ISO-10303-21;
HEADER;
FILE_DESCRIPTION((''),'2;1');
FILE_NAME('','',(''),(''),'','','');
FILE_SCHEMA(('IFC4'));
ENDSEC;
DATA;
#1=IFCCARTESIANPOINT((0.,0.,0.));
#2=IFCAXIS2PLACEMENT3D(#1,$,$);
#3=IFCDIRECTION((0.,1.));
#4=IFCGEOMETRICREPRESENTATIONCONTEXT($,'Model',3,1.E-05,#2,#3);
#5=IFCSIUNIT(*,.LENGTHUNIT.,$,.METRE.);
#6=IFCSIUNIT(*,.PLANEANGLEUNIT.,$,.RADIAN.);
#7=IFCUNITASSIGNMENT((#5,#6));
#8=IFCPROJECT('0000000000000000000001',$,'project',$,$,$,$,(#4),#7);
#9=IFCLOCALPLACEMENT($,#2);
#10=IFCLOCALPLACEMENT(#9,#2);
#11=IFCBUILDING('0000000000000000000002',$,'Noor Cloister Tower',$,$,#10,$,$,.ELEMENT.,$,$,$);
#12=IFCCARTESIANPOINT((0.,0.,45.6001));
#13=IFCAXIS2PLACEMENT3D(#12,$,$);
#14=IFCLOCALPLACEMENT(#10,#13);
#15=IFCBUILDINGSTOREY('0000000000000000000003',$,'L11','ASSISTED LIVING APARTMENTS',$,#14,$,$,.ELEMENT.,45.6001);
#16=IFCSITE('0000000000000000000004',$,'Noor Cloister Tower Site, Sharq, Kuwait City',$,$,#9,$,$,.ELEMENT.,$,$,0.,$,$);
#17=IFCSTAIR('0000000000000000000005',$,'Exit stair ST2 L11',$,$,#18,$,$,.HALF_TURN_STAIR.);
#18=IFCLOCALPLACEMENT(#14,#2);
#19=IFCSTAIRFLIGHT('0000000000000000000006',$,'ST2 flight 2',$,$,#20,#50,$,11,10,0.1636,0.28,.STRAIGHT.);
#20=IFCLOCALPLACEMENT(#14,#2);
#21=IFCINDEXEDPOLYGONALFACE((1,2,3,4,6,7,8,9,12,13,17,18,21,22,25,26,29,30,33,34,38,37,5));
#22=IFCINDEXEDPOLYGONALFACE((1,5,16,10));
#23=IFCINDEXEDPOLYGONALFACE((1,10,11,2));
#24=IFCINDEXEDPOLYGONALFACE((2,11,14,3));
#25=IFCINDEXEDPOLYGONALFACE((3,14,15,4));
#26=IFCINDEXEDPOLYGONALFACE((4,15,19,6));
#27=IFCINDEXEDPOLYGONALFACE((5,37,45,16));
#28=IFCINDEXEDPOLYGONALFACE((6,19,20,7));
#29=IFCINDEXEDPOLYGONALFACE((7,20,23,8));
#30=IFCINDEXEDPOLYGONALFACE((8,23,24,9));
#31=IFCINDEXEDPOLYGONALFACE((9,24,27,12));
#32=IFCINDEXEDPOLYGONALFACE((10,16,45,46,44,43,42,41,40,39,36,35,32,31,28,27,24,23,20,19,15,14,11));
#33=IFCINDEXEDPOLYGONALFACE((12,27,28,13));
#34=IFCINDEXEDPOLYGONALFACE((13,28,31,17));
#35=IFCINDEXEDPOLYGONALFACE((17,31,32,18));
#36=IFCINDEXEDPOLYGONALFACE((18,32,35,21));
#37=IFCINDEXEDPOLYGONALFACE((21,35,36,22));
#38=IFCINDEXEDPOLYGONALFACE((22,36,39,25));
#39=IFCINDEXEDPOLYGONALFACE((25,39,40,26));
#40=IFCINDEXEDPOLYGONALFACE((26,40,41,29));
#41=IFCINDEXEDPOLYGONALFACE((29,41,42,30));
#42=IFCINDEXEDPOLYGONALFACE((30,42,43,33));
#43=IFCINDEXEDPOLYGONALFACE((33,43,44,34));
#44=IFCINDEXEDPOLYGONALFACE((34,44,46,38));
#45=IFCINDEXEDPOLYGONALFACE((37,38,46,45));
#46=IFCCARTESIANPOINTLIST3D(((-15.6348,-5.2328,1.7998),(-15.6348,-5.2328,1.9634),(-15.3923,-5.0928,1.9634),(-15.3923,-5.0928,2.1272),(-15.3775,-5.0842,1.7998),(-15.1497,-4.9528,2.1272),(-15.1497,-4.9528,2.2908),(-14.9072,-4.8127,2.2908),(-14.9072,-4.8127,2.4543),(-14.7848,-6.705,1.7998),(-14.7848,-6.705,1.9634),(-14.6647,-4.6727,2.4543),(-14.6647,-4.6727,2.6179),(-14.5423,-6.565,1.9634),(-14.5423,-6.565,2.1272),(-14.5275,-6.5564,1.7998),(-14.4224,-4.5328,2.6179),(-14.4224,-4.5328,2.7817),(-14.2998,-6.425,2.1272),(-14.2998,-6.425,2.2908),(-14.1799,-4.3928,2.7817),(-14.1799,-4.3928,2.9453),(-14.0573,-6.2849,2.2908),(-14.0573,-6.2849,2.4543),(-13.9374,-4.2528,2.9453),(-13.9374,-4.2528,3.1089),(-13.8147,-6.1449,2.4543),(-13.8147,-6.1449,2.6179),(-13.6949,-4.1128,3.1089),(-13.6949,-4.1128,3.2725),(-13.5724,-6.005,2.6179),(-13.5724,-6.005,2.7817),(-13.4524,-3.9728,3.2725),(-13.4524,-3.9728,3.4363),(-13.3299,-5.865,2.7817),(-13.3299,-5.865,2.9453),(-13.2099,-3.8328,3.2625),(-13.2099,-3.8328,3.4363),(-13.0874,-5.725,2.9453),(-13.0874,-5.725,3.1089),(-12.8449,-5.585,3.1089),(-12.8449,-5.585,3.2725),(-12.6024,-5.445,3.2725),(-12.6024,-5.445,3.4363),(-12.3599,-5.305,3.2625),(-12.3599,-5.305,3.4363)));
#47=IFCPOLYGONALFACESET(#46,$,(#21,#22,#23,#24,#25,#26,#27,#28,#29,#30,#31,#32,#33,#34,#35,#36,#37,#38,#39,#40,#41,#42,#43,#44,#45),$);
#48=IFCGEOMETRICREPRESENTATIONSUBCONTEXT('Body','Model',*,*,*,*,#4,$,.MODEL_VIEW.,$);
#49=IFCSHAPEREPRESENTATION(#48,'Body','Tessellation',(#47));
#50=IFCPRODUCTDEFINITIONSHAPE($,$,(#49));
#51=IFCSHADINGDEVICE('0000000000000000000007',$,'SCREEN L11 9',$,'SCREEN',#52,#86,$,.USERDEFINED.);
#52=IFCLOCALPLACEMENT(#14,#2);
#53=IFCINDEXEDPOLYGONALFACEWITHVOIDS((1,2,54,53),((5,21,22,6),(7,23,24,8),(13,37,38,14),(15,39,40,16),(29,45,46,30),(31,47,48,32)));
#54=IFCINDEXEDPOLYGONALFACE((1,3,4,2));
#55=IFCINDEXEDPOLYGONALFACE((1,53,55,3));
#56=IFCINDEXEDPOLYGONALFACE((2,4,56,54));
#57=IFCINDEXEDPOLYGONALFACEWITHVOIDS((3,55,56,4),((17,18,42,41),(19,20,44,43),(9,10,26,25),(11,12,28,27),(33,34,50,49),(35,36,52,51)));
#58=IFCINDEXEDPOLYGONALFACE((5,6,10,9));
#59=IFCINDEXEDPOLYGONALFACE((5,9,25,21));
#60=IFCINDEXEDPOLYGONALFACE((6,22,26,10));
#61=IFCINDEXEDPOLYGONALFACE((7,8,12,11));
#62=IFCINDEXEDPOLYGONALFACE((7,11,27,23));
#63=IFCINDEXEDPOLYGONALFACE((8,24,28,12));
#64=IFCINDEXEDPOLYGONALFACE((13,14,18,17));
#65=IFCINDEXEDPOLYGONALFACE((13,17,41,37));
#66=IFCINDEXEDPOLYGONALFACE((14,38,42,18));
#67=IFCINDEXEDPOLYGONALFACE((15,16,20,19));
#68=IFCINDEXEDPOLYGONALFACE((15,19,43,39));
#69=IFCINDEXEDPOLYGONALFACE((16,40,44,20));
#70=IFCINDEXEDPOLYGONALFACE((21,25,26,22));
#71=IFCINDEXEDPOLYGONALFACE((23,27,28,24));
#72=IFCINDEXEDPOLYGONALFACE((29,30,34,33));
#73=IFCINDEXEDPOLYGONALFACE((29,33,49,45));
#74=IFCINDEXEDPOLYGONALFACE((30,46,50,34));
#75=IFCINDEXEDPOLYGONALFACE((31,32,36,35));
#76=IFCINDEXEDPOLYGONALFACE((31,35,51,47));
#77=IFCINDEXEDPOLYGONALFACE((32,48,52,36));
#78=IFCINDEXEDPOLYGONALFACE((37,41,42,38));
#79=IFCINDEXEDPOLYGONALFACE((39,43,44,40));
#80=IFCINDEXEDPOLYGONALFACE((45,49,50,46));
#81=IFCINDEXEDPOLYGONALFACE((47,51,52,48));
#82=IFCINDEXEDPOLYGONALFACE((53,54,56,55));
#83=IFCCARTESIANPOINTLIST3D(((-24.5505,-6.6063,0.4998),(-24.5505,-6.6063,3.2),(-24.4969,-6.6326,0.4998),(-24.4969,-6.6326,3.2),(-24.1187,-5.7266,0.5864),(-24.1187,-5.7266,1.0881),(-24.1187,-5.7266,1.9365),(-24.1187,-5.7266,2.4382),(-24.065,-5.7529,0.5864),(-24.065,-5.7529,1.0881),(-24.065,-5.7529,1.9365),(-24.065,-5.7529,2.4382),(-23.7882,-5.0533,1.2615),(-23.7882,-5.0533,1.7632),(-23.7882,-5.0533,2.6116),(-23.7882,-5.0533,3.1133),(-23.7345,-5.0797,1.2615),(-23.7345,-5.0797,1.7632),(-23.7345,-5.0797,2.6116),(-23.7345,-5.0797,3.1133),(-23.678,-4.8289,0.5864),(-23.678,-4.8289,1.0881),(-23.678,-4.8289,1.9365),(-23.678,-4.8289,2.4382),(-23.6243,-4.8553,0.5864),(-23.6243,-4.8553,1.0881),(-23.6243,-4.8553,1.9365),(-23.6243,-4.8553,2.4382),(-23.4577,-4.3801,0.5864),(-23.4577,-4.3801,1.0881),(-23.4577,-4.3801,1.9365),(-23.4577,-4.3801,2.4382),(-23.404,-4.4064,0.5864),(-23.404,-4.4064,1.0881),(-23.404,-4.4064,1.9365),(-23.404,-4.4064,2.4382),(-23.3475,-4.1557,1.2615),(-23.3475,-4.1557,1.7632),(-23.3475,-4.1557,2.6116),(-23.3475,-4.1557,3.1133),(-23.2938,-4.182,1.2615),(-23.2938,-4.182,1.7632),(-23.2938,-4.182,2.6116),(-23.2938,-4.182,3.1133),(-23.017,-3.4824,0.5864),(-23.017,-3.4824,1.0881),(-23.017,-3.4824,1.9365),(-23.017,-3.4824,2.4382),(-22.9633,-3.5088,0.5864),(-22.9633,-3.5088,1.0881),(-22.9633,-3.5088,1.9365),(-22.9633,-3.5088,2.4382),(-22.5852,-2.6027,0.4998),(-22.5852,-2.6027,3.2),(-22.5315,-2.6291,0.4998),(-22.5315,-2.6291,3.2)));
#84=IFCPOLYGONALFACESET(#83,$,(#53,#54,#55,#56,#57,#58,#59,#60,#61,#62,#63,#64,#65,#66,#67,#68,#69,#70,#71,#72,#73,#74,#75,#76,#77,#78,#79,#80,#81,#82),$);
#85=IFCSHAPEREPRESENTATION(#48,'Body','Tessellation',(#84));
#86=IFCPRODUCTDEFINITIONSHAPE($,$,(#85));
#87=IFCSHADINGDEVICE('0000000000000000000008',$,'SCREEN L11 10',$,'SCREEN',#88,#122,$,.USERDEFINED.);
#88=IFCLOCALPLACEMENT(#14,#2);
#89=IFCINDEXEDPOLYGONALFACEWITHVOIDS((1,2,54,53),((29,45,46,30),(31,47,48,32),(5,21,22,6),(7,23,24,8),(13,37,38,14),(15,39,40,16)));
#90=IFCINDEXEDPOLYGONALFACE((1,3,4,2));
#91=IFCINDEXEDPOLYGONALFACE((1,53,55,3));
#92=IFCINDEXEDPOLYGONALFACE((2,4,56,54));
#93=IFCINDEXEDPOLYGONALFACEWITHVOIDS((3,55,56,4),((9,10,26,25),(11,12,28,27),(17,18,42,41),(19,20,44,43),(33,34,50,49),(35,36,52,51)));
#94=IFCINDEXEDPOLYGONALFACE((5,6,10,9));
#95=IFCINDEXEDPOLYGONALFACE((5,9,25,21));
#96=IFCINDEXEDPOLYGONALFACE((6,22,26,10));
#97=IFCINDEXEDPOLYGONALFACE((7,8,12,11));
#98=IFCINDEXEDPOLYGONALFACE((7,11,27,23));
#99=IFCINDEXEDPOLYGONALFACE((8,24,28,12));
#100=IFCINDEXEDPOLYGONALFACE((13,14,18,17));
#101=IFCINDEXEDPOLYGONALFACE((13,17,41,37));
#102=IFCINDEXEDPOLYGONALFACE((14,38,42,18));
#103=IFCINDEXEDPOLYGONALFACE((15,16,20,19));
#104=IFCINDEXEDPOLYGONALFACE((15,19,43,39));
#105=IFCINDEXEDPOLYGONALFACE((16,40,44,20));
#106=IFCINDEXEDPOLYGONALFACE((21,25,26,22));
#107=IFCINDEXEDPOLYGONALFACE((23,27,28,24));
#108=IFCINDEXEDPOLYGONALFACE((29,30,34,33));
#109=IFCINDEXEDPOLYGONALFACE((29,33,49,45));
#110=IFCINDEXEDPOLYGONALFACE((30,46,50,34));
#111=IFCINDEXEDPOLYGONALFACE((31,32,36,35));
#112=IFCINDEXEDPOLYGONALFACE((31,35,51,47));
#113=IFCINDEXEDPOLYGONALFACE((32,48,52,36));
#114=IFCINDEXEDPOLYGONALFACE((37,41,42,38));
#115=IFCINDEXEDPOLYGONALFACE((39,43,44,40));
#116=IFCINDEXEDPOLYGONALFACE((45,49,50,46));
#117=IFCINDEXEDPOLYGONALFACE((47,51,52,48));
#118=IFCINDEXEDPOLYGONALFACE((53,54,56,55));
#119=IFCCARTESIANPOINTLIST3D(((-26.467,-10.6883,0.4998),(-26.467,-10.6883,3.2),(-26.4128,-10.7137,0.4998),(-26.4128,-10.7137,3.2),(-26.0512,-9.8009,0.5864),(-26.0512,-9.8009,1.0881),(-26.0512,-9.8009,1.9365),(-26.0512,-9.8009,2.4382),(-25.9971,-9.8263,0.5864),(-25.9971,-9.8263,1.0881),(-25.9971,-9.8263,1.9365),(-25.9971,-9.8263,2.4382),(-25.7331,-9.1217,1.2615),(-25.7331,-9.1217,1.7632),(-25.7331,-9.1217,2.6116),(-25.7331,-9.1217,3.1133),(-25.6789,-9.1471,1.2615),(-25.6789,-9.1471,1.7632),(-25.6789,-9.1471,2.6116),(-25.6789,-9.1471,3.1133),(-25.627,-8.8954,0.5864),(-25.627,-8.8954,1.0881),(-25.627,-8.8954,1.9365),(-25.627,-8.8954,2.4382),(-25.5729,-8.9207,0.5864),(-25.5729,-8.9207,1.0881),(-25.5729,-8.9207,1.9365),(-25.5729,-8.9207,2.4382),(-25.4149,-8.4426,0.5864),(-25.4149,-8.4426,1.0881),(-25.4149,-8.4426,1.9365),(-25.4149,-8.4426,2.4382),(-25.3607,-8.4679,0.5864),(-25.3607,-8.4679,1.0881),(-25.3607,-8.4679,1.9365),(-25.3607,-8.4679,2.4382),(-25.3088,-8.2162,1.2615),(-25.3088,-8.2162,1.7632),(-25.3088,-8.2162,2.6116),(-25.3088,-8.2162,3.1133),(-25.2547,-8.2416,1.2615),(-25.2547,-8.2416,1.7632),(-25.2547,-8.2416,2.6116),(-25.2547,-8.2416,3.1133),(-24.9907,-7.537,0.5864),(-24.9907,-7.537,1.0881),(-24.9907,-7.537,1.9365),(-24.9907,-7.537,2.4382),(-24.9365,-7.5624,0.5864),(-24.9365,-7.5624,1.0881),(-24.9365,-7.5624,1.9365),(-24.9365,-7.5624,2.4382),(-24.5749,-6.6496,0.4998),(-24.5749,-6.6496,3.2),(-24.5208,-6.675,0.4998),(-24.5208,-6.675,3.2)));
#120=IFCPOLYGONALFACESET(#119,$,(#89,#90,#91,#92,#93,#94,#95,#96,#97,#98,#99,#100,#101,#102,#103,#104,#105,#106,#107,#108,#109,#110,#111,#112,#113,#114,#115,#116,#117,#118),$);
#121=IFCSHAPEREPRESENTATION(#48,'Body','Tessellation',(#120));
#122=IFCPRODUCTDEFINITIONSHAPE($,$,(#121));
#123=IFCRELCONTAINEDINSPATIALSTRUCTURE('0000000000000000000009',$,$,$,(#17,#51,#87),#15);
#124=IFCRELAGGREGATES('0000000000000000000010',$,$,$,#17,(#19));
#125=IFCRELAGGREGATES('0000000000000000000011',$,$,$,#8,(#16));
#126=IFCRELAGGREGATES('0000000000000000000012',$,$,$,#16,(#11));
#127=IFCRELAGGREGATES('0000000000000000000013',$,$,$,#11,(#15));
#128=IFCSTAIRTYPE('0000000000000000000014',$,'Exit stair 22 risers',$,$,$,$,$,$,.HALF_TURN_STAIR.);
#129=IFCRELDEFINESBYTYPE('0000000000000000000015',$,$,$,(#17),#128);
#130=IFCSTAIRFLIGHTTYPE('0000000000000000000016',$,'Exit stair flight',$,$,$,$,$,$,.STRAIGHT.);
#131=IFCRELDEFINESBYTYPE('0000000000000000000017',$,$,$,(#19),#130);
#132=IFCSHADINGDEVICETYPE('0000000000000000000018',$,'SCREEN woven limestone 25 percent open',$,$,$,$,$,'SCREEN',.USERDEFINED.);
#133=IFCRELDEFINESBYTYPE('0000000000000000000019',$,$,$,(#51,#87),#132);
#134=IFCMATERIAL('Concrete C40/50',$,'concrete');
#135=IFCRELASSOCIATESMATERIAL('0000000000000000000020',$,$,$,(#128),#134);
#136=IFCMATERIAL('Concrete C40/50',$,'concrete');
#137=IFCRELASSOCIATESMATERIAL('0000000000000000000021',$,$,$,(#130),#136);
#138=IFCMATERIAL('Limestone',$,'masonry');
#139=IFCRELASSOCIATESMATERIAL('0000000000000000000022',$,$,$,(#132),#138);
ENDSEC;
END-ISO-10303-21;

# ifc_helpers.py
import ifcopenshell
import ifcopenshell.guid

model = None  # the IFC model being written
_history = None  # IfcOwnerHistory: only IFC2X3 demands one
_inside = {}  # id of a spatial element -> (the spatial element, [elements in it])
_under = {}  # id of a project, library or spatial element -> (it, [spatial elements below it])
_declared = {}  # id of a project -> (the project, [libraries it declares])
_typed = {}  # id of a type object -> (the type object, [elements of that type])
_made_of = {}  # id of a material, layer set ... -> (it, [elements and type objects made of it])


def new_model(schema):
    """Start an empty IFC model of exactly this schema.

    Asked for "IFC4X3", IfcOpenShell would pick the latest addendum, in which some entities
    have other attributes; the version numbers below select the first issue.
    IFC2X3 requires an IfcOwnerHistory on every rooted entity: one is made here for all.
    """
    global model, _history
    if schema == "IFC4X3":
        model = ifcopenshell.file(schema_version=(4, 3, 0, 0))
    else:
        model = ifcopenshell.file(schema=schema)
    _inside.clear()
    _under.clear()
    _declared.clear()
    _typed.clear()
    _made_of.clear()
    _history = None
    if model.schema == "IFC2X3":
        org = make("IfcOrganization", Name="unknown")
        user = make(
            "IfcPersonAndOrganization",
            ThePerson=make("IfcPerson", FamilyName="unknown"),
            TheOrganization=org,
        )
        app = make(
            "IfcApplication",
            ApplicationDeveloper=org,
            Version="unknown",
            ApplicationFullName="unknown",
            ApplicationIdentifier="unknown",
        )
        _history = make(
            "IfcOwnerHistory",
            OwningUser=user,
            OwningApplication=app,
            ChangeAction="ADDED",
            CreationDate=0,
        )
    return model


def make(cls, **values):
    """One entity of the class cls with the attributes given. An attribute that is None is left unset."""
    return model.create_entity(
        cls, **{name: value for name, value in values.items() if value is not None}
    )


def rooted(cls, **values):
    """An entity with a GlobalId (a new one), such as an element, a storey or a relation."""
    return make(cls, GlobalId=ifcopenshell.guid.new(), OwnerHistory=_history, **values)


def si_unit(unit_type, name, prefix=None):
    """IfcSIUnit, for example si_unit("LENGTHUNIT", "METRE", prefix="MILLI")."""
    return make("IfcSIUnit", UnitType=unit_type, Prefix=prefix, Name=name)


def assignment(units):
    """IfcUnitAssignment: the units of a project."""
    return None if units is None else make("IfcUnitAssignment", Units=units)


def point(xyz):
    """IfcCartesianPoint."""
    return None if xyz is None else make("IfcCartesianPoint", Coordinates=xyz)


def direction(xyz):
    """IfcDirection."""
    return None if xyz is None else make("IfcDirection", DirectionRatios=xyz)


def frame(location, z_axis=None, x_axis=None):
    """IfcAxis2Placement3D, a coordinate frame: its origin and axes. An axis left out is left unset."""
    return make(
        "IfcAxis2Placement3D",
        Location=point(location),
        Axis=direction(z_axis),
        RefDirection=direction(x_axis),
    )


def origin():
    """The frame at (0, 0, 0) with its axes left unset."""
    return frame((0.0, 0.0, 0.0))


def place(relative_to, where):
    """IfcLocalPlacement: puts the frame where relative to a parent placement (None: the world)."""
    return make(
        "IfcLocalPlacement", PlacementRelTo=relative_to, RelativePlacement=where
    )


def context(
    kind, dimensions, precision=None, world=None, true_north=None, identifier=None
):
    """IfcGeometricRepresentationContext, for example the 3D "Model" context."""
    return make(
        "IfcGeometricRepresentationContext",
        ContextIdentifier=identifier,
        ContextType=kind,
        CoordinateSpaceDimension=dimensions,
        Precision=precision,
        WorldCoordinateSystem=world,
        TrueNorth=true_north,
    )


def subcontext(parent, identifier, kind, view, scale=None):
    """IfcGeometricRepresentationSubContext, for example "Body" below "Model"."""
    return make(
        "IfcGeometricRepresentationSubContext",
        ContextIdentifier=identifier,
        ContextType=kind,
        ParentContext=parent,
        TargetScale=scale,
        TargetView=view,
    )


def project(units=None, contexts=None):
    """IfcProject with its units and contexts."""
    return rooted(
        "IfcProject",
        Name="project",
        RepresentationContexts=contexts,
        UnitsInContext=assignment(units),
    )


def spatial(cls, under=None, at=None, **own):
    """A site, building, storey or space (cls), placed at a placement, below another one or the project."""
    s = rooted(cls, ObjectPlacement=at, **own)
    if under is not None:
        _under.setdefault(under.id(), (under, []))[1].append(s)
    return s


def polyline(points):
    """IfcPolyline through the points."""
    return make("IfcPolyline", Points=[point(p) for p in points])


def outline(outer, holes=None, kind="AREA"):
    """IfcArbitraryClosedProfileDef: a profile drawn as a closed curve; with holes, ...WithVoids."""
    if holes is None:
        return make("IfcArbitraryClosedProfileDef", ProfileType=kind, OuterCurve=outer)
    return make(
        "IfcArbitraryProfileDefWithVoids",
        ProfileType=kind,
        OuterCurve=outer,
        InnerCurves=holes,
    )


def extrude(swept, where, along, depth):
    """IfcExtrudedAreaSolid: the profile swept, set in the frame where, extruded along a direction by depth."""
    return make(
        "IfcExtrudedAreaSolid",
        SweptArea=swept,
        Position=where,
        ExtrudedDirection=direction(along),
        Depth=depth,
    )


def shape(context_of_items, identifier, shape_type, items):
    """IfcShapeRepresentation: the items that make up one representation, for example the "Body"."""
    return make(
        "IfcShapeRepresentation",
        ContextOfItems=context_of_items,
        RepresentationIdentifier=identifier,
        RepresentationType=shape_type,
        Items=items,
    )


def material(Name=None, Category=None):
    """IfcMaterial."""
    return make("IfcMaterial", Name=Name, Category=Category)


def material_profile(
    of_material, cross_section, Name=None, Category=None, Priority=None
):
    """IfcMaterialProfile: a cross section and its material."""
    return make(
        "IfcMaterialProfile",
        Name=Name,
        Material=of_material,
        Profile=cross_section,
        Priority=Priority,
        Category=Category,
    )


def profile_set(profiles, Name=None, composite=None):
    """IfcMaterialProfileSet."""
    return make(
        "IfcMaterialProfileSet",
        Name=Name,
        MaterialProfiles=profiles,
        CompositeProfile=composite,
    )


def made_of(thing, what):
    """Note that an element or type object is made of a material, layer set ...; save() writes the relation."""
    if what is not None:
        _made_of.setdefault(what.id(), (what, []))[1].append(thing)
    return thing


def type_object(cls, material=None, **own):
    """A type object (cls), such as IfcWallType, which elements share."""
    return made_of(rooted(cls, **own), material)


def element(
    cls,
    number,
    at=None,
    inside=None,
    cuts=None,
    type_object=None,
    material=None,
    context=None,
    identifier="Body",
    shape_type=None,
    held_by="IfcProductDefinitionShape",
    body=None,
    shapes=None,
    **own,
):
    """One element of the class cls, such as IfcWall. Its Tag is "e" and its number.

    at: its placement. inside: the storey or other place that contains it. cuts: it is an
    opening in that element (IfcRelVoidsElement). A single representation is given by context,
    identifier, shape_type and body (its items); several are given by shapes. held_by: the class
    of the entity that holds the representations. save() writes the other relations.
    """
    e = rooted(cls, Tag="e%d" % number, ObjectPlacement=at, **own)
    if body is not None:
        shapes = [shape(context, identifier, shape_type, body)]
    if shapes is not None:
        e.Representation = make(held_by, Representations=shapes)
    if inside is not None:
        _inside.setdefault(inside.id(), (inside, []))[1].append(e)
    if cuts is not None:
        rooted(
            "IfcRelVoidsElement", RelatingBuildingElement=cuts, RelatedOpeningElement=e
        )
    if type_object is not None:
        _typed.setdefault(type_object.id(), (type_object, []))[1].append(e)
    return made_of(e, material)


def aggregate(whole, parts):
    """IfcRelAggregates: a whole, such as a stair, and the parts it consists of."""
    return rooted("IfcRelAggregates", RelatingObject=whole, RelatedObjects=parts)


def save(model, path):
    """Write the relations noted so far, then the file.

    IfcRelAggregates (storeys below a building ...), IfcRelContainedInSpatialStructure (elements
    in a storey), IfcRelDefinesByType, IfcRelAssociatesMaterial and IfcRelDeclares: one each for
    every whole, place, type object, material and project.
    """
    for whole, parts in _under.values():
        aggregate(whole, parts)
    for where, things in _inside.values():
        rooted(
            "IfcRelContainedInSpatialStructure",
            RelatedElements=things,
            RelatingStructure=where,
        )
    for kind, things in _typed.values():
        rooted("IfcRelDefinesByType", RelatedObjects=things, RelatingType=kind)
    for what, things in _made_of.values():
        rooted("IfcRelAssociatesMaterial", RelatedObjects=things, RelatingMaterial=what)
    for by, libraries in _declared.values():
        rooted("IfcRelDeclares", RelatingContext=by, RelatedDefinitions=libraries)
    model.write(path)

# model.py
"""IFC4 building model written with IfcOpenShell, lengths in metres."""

from ifc_helpers import new_model, si_unit, direction, frame, origin, place, context, subcontext, project, spatial, polyline, outline, extrude, material, material_profile, profile_set, type_object, element, aggregate, save


model = new_model("IFC4")

# Units and contexts
model_context = context("Model", 3, precision=1e-05, world=origin(), true_north=direction((0.0, 1.0)))
body_context = subcontext(model_context, "Body", "Model", "MODEL_VIEW")
ifc_project = project(units=[si_unit("LENGTHUNIT", "METRE"), si_unit("PLANEANGLEUNIT", "RADIAN")], contexts=[model_context])

# Site, building, storey
site_placement = place(None, origin())
site = spatial("IfcSite", under=ifc_project, at=site_placement, Name="Noor Cloister Tower Site, Sharq, Kuwait City", CompositionType="ELEMENT", RefElevation=0.0)
building_placement = place(site_placement, origin())
building = spatial("IfcBuilding", under=site, at=building_placement, Name="Noor Cloister Tower", CompositionType="ELEMENT")
storey_placement = place(building_placement, frame((0.0, 0.0, 45.6001)))
storey = spatial("IfcBuildingStorey", under=building, at=storey_placement, Name="L11", Description="ASSISTED LIVING APARTMENTS", CompositionType="ELEMENT", Elevation=45.6001)

# Stair, stair flight
ifc_material_1 = material(Name="Concrete C40/50", Category="concrete")
stair_type = type_object("IfcStairType", Name="Exit stair 22 risers", PredefinedType="HALF_TURN_STAIR", material=ifc_material_1)
stair_placement = place(storey_placement, origin())
stair = element("IfcStair", 1, at=stair_placement, inside=storey, type_object=stair_type, Name="Exit stair ST2 L11", PredefinedType="HALF_TURN_STAIR")
ifc_material_2 = material(Name="Concrete C40/50", Category="concrete")
stair_flight_type = type_object("IfcStairFlightType", Name="Exit stair flight", PredefinedType="STRAIGHT", material=ifc_material_2)
stair_flight_1_placement = place(storey_placement, frame((-15.2097, -5.969, 1.7998), z_axis=(0.0, 0.0, 1.0), x_axis=(0.866025, 0.5, 0.0)))
stair_flight_1 = element("IfcStairFlight", 2, at=stair_flight_1_placement, type_object=stair_flight_type, Name="ST2 flight 2", NumberOfRisers=11, NumberOfTreads=10, PredefinedType="STRAIGHT", RiserHeight=0.1636, TreadLength=0.28, context=body_context, shape_type="SweptSolid", body=[
    extrude(outline(polyline([(0.0, 0.0), (0.0, 0.1636), (0.28, 0.1636), (0.28, 0.3274), (0.5601, 0.3274), (0.5601, 0.491), (0.8401, 0.491), (0.8401, 0.6545), (1.1201, 0.6545), (1.1201, 0.8181), (1.3999, 0.8181), (1.3999, 0.9819), (1.6799, 0.9819), (1.6799, 1.1455), (1.96, 1.1455), (1.96, 1.3091), (2.24, 1.3091), (2.24, 1.4727), (2.52, 1.4727), (2.52, 1.6365), (2.8, 1.6365), (2.8, 1.8), (2.8, 1.4626), (0.2971, 0.0), (0.0, 0.0)])), frame((0.0, 0.8501, 0.0), z_axis=(0.0, -1.0, 0.0), x_axis=(1.0, 0.0, 0.0)), (0.0, 0.0, 1.0), 1.7),
])
aggregate(stair, [stair_flight_1])

# Shading devices
ifc_material_3 = material(Name="Limestone", Category="masonry")
ifc_material_profile_1 = material_profile(ifc_material_3, outline(polyline([(-2.23, -1.3501), (2.23, -1.3501), (2.23, 1.3501), (-2.23, 1.3501), (-2.23, -1.3501)]), holes=[polyline([(-1.25, -1.2634), (-0.25, -1.2634), (-0.25, -0.7617), (-1.25, -0.7617), (-1.25, -1.2634)]), polyline([(0.25, -1.2634), (1.25, -1.2634), (1.25, -0.7617), (0.25, -0.7617), (0.25, -1.2634)]), polyline([(-0.5, -0.5884), (0.5, -0.5884), (0.5, -0.0867), (-0.5, -0.0867), (-0.5, -0.5884)]), polyline([(-1.25, 0.0867), (-0.25, 0.0867), (-0.25, 0.5884), (-1.25, 0.5884), (-1.25, 0.0867)]), polyline([(0.25, 0.0867), (1.25, 0.0867), (1.25, 0.5884), (0.25, 0.5884), (0.25, 0.0867)]), polyline([(-0.5, 0.7617), (0.5, 0.7617), (0.5, 1.2634), (-0.5, 1.2634), (-0.5, 0.7617)])]), Name="Woven screen 25 percent open")
ifc_profile_set_1 = profile_set([ifc_material_profile_1], Name="Limestone")
shading_device_type = type_object("IfcShadingDeviceType", Name="SCREEN woven limestone 25 percent open", ElementType="SCREEN", PredefinedType="USERDEFINED", material=ifc_profile_set_1)
for number, where, z_axis, x_axis, name in (
    (3, (-23.5142, -4.6309, 1.8499), (-0.897668, 0.440673, 0.0), (-0.440673, -0.897668, 0.0), "SCREEN L11 9"),
    (4, (-25.4668, -8.6943, 1.8499), (-0.905557, 0.424225, 0.0), (-0.424225, -0.905557, 0.0), "SCREEN L11 10"),
):
    element("IfcShadingDevice", number, at=place(storey_placement, frame(where, z_axis=z_axis, x_axis=x_axis)), inside=storey, type_object=shading_device_type, Name=name, ObjectType="SCREEN", PredefinedType="USERDEFINED", context=body_context, shape_type="SweptSolid", body=[
        extrude(outline(polyline([(-2.23, -1.3501), (2.23, -1.3501), (2.23, 1.3501), (-2.23, 1.3501), (-2.23, -1.3501)]), holes=[polyline([(-1.25, -1.2634), (-0.25, -1.2634), (-0.25, -0.7617), (-1.25, -0.7617), (-1.25, -1.2634)]), polyline([(0.25, -1.2634), (1.25, -1.2634), (1.25, -0.7617), (0.25, -0.7617), (0.25, -1.2634)]), polyline([(-0.5, -0.5884), (0.5, -0.5884), (0.5, -0.0867), (-0.5, -0.0867), (-0.5, -0.5884)]), polyline([(-1.25, 0.0867), (-0.25, 0.0867), (-0.25, 0.5884), (-1.25, 0.5884), (-1.25, 0.0867)]), polyline([(0.25, 0.0867), (1.25, 0.0867), (1.25, 0.5884), (0.25, 0.5884), (0.25, 0.0867)]), polyline([(-0.5, 0.7617), (0.5, 0.7617), (0.5, 1.2634), (-0.5, 1.2634), (-0.5, 0.7617)])]), origin(), (0.0, 0.0, 1.0), 0.0598),
    ])

save(model, "model.ifc")
